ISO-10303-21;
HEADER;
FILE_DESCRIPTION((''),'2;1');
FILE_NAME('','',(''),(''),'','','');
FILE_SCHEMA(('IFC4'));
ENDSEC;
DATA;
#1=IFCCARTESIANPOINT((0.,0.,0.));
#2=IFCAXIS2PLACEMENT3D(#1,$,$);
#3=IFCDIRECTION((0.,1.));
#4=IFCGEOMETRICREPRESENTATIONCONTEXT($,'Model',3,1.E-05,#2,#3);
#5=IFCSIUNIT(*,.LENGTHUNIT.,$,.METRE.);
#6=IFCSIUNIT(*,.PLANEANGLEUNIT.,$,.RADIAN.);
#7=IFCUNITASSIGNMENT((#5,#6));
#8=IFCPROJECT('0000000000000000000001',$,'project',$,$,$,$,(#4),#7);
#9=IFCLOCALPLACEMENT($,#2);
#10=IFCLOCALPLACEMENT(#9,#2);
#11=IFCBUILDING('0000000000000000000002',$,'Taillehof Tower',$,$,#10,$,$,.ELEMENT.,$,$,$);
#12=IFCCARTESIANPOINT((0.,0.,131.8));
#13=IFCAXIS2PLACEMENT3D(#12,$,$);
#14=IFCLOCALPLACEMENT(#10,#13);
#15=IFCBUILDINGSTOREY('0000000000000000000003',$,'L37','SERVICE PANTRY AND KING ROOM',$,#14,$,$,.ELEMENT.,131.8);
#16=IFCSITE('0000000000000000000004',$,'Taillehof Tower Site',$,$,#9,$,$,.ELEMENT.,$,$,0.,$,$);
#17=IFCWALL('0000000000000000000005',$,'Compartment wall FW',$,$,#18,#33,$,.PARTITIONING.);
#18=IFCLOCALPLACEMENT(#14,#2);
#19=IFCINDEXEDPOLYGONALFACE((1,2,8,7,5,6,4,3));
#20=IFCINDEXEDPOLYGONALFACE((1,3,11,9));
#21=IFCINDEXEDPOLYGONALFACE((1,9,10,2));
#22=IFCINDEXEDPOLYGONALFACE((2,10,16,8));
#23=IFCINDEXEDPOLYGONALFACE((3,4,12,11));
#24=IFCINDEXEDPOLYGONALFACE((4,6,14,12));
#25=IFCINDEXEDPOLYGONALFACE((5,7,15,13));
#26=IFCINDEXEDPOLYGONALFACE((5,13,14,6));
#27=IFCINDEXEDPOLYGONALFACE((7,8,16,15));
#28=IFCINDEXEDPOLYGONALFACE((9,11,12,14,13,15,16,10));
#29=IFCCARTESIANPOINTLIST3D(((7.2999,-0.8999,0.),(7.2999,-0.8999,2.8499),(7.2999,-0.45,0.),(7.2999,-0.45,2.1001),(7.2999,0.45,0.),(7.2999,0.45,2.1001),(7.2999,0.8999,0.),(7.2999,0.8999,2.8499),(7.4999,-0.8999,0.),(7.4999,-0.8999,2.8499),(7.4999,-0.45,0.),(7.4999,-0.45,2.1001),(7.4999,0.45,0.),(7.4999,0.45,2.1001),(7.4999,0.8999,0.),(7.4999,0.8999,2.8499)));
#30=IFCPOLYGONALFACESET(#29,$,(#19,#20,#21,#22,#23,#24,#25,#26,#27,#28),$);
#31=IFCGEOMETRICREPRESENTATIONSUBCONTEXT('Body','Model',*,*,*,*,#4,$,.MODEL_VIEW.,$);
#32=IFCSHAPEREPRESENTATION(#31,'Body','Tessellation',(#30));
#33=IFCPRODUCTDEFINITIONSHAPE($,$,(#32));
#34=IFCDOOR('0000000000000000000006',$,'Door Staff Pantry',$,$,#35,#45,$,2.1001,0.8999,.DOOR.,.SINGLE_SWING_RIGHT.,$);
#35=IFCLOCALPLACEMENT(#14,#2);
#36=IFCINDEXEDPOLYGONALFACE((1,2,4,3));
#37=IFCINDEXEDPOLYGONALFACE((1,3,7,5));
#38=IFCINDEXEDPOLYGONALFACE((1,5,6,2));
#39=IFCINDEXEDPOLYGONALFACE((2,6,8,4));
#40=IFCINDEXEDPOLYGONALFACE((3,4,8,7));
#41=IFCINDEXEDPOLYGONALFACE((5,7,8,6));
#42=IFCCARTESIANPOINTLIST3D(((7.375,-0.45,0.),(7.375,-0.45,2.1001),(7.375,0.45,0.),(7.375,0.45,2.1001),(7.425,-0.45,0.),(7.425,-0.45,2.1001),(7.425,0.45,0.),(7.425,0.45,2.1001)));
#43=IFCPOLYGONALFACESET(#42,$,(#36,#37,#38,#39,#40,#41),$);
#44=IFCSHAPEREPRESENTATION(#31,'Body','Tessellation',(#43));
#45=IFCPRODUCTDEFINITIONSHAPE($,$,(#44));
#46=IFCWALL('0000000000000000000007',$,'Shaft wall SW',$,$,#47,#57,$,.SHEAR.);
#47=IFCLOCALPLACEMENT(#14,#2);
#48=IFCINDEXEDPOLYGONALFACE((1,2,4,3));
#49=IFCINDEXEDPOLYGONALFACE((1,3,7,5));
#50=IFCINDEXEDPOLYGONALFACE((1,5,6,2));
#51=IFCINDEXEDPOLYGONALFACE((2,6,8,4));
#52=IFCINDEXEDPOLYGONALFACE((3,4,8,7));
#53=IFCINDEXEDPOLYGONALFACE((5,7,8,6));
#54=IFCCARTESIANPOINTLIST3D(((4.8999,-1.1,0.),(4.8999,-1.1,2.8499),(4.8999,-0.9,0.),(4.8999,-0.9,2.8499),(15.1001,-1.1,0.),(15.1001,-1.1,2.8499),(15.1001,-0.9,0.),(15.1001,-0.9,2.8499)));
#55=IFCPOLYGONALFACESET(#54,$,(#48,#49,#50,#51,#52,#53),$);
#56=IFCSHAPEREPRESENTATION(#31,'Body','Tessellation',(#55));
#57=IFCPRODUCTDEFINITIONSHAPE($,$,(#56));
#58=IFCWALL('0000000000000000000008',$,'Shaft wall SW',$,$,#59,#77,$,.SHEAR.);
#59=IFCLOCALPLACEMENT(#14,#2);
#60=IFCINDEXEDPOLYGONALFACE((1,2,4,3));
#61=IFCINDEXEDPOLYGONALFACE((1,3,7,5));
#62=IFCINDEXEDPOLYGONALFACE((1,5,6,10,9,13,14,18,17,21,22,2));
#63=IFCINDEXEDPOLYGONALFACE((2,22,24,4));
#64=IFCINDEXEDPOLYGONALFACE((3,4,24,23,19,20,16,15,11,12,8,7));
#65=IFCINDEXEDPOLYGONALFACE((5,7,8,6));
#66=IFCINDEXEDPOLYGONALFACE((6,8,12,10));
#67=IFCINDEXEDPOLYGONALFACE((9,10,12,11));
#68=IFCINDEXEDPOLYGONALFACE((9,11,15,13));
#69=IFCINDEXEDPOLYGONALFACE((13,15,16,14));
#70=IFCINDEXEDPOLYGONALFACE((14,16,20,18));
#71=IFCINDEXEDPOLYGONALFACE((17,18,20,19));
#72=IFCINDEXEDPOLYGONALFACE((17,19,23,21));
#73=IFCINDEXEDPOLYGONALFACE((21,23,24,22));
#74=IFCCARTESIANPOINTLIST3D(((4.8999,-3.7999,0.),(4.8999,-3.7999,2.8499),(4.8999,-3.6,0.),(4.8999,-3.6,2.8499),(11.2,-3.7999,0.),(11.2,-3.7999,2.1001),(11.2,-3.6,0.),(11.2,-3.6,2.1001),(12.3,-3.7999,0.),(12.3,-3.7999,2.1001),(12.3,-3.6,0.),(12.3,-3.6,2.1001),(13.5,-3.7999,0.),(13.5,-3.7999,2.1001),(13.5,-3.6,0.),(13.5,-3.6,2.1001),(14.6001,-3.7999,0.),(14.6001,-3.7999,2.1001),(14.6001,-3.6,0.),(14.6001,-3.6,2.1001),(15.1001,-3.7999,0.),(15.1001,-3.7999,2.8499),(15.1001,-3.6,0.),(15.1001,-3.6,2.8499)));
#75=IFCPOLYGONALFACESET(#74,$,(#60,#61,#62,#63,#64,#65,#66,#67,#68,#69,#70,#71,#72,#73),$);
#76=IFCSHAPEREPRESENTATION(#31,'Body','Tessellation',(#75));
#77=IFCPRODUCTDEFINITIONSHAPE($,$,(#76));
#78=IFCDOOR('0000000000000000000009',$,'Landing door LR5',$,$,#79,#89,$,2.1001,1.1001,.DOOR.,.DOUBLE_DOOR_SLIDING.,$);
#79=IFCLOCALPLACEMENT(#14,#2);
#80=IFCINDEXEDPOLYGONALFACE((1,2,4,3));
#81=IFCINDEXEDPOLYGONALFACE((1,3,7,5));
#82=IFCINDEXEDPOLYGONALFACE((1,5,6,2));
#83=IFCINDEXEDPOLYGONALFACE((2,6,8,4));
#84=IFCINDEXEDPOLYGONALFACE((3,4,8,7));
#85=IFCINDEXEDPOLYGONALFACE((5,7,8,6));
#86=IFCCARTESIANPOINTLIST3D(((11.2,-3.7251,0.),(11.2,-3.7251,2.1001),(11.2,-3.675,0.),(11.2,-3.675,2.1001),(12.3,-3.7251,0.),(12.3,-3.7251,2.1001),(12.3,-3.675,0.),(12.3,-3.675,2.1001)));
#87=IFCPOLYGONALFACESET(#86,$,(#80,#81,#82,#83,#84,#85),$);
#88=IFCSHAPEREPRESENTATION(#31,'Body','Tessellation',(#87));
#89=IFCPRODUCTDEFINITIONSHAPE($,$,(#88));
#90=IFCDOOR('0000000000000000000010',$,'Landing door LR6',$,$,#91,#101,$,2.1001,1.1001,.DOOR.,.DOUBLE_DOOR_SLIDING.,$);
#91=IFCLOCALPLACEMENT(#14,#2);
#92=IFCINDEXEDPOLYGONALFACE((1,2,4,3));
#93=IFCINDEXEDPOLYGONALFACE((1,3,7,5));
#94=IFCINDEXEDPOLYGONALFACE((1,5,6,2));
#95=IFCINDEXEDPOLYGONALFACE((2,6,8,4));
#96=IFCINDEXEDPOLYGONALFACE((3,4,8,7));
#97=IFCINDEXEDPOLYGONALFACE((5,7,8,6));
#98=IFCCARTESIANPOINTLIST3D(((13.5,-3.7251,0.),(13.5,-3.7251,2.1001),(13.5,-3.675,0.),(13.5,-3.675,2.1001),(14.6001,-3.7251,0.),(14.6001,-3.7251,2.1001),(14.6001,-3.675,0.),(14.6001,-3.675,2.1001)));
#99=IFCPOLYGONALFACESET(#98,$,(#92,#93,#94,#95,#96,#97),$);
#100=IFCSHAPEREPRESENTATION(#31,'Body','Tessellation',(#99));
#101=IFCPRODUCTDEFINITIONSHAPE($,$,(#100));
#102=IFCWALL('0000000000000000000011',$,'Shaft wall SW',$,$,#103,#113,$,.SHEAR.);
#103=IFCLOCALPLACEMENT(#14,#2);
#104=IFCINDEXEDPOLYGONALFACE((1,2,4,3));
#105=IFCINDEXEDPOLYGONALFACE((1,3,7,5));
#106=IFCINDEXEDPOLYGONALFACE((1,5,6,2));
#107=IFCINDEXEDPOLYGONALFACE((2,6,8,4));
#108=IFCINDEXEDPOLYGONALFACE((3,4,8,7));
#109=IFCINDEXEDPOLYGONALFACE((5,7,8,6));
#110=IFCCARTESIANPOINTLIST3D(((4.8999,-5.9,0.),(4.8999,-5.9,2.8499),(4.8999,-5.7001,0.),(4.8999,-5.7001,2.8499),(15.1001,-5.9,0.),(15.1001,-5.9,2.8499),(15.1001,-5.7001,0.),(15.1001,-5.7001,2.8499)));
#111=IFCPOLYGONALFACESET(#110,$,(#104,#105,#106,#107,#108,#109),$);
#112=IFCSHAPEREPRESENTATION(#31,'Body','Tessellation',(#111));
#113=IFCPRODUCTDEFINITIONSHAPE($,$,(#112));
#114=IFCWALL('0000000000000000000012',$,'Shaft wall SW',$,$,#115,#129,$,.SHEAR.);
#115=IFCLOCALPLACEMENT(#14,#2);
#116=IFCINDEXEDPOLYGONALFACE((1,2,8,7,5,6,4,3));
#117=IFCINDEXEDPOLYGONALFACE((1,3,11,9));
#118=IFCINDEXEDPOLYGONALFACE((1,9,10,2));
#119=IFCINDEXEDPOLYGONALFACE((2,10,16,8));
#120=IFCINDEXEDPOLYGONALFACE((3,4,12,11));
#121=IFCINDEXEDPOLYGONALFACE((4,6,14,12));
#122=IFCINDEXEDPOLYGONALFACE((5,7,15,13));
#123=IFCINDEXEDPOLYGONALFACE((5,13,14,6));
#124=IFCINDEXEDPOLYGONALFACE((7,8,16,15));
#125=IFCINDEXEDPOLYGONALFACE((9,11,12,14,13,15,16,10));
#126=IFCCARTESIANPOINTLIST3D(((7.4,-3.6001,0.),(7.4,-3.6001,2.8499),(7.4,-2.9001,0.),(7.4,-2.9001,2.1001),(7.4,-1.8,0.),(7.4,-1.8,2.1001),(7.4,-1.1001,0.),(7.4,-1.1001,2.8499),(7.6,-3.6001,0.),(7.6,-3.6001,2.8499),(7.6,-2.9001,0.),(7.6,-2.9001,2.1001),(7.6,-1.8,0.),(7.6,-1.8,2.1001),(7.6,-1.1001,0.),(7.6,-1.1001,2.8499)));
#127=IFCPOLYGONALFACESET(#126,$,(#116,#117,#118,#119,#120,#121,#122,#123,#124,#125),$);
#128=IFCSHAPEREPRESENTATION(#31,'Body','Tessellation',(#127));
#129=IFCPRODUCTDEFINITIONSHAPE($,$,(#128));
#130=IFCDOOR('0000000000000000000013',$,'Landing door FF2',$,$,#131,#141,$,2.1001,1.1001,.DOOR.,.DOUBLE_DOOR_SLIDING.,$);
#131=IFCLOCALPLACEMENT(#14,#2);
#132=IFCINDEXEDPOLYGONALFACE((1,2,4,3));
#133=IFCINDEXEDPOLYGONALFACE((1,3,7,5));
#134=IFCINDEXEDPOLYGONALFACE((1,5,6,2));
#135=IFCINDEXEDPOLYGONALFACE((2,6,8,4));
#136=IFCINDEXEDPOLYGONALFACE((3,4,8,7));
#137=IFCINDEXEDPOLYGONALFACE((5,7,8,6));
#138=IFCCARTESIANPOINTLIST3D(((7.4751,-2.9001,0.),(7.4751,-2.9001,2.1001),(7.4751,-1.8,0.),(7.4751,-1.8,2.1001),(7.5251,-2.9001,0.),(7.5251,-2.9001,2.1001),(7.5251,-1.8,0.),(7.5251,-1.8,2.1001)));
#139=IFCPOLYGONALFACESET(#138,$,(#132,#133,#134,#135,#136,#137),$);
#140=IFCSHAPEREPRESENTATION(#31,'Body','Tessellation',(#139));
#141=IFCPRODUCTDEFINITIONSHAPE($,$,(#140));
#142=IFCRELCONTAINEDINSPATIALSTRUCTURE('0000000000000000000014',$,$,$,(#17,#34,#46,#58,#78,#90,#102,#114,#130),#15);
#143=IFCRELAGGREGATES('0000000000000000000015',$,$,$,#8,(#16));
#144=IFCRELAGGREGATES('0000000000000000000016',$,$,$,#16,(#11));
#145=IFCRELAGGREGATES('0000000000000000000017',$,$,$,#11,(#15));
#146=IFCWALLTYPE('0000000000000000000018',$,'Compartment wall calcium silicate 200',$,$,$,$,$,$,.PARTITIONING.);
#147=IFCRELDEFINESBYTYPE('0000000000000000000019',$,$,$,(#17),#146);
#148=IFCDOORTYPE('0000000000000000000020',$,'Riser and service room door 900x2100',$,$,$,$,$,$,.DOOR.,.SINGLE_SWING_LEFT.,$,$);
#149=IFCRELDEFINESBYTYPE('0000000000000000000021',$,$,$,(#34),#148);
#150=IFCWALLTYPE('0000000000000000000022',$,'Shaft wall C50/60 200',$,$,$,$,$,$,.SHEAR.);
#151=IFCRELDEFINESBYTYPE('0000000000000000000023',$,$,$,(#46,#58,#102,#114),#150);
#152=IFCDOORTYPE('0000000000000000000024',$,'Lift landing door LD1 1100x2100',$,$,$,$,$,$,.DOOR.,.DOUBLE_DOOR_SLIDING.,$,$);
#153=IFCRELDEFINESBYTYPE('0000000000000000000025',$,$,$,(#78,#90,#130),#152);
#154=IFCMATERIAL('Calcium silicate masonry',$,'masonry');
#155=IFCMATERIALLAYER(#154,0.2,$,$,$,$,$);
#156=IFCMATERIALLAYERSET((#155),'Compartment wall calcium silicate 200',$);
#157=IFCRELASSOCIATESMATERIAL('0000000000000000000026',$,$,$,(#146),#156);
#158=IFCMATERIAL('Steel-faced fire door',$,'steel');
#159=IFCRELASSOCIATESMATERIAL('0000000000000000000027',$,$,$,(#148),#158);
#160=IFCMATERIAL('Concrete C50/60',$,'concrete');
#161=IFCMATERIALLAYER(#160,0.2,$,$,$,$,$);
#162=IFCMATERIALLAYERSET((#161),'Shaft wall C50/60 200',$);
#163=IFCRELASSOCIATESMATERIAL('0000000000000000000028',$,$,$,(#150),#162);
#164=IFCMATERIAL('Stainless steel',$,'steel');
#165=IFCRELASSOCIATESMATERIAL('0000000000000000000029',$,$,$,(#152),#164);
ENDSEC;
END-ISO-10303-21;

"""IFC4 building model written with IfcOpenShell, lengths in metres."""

from ifc_helpers import new_model, si_unit, direction, frame, frame_2d, origin, place, context, subcontext, project, spatial, rectangle, extrude, material, layer, layer_set, type_object, element, fill, save


model = new_model("IFC4")

# Units and contexts
model_context = context("Model", 3, precision=1e-05, world=origin(), true_north=direction((0.0, 1.0)))
body_context = subcontext(model_context, "Body", "Model", "MODEL_VIEW")
ifc_project = project(units=[si_unit("LENGTHUNIT", "METRE"), si_unit("PLANEANGLEUNIT", "RADIAN")], contexts=[model_context])

# Site, building, storey
site_placement = place(None, origin())
site = spatial("IfcSite", under=ifc_project, at=site_placement, Name="Taillehof Tower Site", CompositionType="ELEMENT", RefElevation=0.0)
building_placement = place(site_placement, origin())
building = spatial("IfcBuilding", under=site, at=building_placement, Name="Taillehof Tower", CompositionType="ELEMENT")
storey_placement = place(building_placement, frame((0.0, 0.0, 131.8)))
storey = spatial("IfcBuildingStorey", under=building, at=storey_placement, Name="L37", Description="SERVICE PANTRY AND KING ROOM", CompositionType="ELEMENT", Elevation=131.8)

# Wall, opening, door
ifc_material_1 = material(Name="Calcium silicate masonry", Category="masonry")
ifc_layer_1 = layer(ifc_material_1, 0.2)
ifc_layer_set_1 = layer_set([ifc_layer_1], Name="Compartment wall calcium silicate 200")
wall_type_1 = type_object("IfcWallType", Name="Compartment wall calcium silicate 200", PredefinedType="PARTITIONING", material=ifc_layer_set_1)
wall_1_placement = place(storey_placement, frame((7.3999, -0.8999, 0.0), z_axis=(0.0, 0.0, 1.0), x_axis=(0.0, 1.0, 0.0)))
wall_1 = element("IfcWall", 1, at=wall_1_placement, inside=storey, type_object=wall_type_1, Name="Compartment wall FW", PredefinedType="PARTITIONING", context=body_context, shape_type="SweptSolid", body=[
    extrude(rectangle(XDim=1.7998, YDim=0.2, at=frame_2d((0.8999, 0.0))), origin(), (0.0, 0.0, 1.0), 2.8499),
])
opening_1_placement = place(wall_1_placement, frame((0.45, 0.0, 0.0)))
opening_1 = element("IfcOpeningElement", 2, at=opening_1_placement, cuts=wall_1, PredefinedType="OPENING", context=body_context, shape_type="SweptSolid", body=[
    extrude(rectangle(XDim=0.8999, YDim=2.1001, at=frame_2d((0.45, 1.05))), frame((0.0, 0.1099, 0.0), z_axis=(0.0, -1.0, 0.0), x_axis=(1.0, 0.0, 0.0)), (0.0, 0.0, 1.0), 0.22),
])
ifc_material_2 = material(Name="Steel-faced fire door", Category="steel")
door_type_1 = type_object("IfcDoorType", Name="Riser and service room door 900x2100", OperationType="SINGLE_SWING_LEFT", PredefinedType="DOOR", material=ifc_material_2)
door_1_placement = place(opening_1_placement, origin())
door_1 = element("IfcDoor", 3, at=door_1_placement, inside=storey, type_object=door_type_1, Name="Door Staff Pantry", OperationType="SINGLE_SWING_RIGHT", OverallHeight=2.1001, OverallWidth=0.8999, PredefinedType="DOOR", context=body_context, shape_type="SweptSolid", body=[
    extrude(rectangle(XDim=0.8999, YDim=2.1001, at=frame_2d((0.45, 1.05))), frame((0.0, 0.0249, 0.0), z_axis=(0.0, -1.0, 0.0), x_axis=(1.0, 0.0, 0.0)), (0.0, 0.0, 1.0), 0.05),
])
fill(opening_1, door_1)

# Wall
ifc_material_3 = material(Name="Concrete C50/60", Category="concrete")
ifc_layer_2 = layer(ifc_material_3, 0.2)
ifc_layer_set_2 = layer_set([ifc_layer_2], Name="Shaft wall C50/60 200")
wall_type_2 = type_object("IfcWallType", Name="Shaft wall C50/60 200", PredefinedType="SHEAR", material=ifc_layer_set_2)
wall_2_placement = place(storey_placement, frame((4.8999, -1.0, 0.0), z_axis=(0.0, 0.0, 1.0), x_axis=(1.0, 0.0, 0.0)))
element("IfcWall", 4, at=wall_2_placement, inside=storey, type_object=wall_type_2, Name="Shaft wall SW", PredefinedType="SHEAR", context=body_context, shape_type="SweptSolid", body=[
    extrude(rectangle(XDim=10.2002, YDim=0.2, at=frame_2d((5.1001, 0.0))), origin(), (0.0, 0.0, 1.0), 2.8499),
])

# Wall, openings, doors
wall_3_placement = place(storey_placement, frame((4.8999, -3.7, 0.0), z_axis=(0.0, 0.0, 1.0), x_axis=(1.0, 0.0, 0.0)))
wall_3 = element("IfcWall", 5, at=wall_3_placement, inside=storey, type_object=wall_type_2, Name="Shaft wall SW", PredefinedType="SHEAR", context=body_context, shape_type="SweptSolid", body=[
    extrude(rectangle(XDim=10.2002, YDim=0.2, at=frame_2d((5.1001, 0.0))), origin(), (0.0, 0.0, 1.0), 2.8499),
])
opening_2_placement = place(wall_3_placement, frame((6.3, 0.0, 0.0)))
opening_2 = element("IfcOpeningElement", 6, at=opening_2_placement, cuts=wall_3, PredefinedType="OPENING", context=body_context, shape_type="SweptSolid", body=[
    extrude(rectangle(XDim=1.1001, YDim=2.1001, at=frame_2d((0.55, 1.05))), frame((0.0, 0.1099, 0.0), z_axis=(0.0, -1.0, 0.0), x_axis=(1.0, 0.0, 0.0)), (0.0, 0.0, 1.0), 0.22),
])
opening_3_placement = place(wall_3_placement, frame((8.6001, 0.0, 0.0)))
opening_3 = element("IfcOpeningElement", 7, at=opening_3_placement, cuts=wall_3, PredefinedType="OPENING", context=body_context, shape_type="SweptSolid", body=[
    extrude(rectangle(XDim=1.1001, YDim=2.1001, at=frame_2d((0.55, 1.05))), frame((0.0, 0.1099, 0.0), z_axis=(0.0, -1.0, 0.0), x_axis=(1.0, 0.0, 0.0)), (0.0, 0.0, 1.0), 0.22),
])
ifc_material_4 = material(Name="Stainless steel", Category="steel")
door_type_2 = type_object("IfcDoorType", Name="Lift landing door LD1 1100x2100", OperationType="DOUBLE_DOOR_SLIDING", PredefinedType="DOOR", material=ifc_material_4)
door_2_placement = place(opening_2_placement, origin())
door_2 = element("IfcDoor", 8, at=door_2_placement, inside=storey, type_object=door_type_2, Name="Landing door LR5", OperationType="DOUBLE_DOOR_SLIDING", OverallHeight=2.1001, OverallWidth=1.1001, PredefinedType="DOOR", context=body_context, shape_type="SweptSolid", body=[
    extrude(rectangle(XDim=1.1001, YDim=2.1001, at=frame_2d((0.55, 1.05))), frame((0.0, 0.0249, 0.0), z_axis=(0.0, -1.0, 0.0), x_axis=(1.0, 0.0, 0.0)), (0.0, 0.0, 1.0), 0.05),
])
fill(opening_2, door_2)
door_3_placement = place(opening_3_placement, origin())
door_3 = element("IfcDoor", 9, at=door_3_placement, inside=storey, type_object=door_type_2, Name="Landing door LR6", OperationType="DOUBLE_DOOR_SLIDING", OverallHeight=2.1001, OverallWidth=1.1001, PredefinedType="DOOR", context=body_context, shape_type="SweptSolid", body=[
    extrude(rectangle(XDim=1.1001, YDim=2.1001, at=frame_2d((0.55, 1.05))), frame((0.0, 0.0249, 0.0), z_axis=(0.0, -1.0, 0.0), x_axis=(1.0, 0.0, 0.0)), (0.0, 0.0, 1.0), 0.05),
])
fill(opening_3, door_3)

# Wall
wall_4_placement = place(storey_placement, frame((4.8999, -5.8, 0.0), z_axis=(0.0, 0.0, 1.0), x_axis=(1.0, 0.0, 0.0)))
element("IfcWall", 10, at=wall_4_placement, inside=storey, type_object=wall_type_2, Name="Shaft wall SW", PredefinedType="SHEAR", context=body_context, shape_type="SweptSolid", body=[
    extrude(rectangle(XDim=10.2002, YDim=0.2, at=frame_2d((5.1001, 0.0))), origin(), (0.0, 0.0, 1.0), 2.8499),
])

# Wall, opening, door
wall_5_placement = place(storey_placement, frame((7.5, -3.6001, 0.0), z_axis=(0.0, 0.0, 1.0), x_axis=(0.0, 1.0, 0.0)))
wall_5 = element("IfcWall", 11, at=wall_5_placement, inside=storey, type_object=wall_type_2, Name="Shaft wall SW", PredefinedType="SHEAR", context=body_context, shape_type="SweptSolid", body=[
    extrude(rectangle(XDim=2.5, YDim=0.2, at=frame_2d((1.25, 0.0))), origin(), (0.0, 0.0, 1.0), 2.8499),
])
opening_4_placement = place(wall_5_placement, frame((0.7, 0.0, 0.0)))
opening_4 = element("IfcOpeningElement", 12, at=opening_4_placement, cuts=wall_5, PredefinedType="OPENING", context=body_context, shape_type="SweptSolid", body=[
    extrude(rectangle(XDim=1.1001, YDim=2.1001, at=frame_2d((0.55, 1.05))), frame((0.0, 0.1099, 0.0), z_axis=(0.0, -1.0, 0.0), x_axis=(1.0, 0.0, 0.0)), (0.0, 0.0, 1.0), 0.22),
])
door_4_placement = place(opening_4_placement, origin())
door_4 = element("IfcDoor", 13, at=door_4_placement, inside=storey, type_object=door_type_2, Name="Landing door FF2", OperationType="DOUBLE_DOOR_SLIDING", OverallHeight=2.1001, OverallWidth=1.1001, PredefinedType="DOOR", context=body_context, shape_type="SweptSolid", body=[
    extrude(rectangle(XDim=1.1001, YDim=2.1001, at=frame_2d((0.55, 1.05))), frame((0.0, 0.0249, 0.0), z_axis=(0.0, -1.0, 0.0), x_axis=(1.0, 0.0, 0.0)), (0.0, 0.0, 1.0), 0.05),
])
fill(opening_4, door_4)

save(model, "model.ifc")
